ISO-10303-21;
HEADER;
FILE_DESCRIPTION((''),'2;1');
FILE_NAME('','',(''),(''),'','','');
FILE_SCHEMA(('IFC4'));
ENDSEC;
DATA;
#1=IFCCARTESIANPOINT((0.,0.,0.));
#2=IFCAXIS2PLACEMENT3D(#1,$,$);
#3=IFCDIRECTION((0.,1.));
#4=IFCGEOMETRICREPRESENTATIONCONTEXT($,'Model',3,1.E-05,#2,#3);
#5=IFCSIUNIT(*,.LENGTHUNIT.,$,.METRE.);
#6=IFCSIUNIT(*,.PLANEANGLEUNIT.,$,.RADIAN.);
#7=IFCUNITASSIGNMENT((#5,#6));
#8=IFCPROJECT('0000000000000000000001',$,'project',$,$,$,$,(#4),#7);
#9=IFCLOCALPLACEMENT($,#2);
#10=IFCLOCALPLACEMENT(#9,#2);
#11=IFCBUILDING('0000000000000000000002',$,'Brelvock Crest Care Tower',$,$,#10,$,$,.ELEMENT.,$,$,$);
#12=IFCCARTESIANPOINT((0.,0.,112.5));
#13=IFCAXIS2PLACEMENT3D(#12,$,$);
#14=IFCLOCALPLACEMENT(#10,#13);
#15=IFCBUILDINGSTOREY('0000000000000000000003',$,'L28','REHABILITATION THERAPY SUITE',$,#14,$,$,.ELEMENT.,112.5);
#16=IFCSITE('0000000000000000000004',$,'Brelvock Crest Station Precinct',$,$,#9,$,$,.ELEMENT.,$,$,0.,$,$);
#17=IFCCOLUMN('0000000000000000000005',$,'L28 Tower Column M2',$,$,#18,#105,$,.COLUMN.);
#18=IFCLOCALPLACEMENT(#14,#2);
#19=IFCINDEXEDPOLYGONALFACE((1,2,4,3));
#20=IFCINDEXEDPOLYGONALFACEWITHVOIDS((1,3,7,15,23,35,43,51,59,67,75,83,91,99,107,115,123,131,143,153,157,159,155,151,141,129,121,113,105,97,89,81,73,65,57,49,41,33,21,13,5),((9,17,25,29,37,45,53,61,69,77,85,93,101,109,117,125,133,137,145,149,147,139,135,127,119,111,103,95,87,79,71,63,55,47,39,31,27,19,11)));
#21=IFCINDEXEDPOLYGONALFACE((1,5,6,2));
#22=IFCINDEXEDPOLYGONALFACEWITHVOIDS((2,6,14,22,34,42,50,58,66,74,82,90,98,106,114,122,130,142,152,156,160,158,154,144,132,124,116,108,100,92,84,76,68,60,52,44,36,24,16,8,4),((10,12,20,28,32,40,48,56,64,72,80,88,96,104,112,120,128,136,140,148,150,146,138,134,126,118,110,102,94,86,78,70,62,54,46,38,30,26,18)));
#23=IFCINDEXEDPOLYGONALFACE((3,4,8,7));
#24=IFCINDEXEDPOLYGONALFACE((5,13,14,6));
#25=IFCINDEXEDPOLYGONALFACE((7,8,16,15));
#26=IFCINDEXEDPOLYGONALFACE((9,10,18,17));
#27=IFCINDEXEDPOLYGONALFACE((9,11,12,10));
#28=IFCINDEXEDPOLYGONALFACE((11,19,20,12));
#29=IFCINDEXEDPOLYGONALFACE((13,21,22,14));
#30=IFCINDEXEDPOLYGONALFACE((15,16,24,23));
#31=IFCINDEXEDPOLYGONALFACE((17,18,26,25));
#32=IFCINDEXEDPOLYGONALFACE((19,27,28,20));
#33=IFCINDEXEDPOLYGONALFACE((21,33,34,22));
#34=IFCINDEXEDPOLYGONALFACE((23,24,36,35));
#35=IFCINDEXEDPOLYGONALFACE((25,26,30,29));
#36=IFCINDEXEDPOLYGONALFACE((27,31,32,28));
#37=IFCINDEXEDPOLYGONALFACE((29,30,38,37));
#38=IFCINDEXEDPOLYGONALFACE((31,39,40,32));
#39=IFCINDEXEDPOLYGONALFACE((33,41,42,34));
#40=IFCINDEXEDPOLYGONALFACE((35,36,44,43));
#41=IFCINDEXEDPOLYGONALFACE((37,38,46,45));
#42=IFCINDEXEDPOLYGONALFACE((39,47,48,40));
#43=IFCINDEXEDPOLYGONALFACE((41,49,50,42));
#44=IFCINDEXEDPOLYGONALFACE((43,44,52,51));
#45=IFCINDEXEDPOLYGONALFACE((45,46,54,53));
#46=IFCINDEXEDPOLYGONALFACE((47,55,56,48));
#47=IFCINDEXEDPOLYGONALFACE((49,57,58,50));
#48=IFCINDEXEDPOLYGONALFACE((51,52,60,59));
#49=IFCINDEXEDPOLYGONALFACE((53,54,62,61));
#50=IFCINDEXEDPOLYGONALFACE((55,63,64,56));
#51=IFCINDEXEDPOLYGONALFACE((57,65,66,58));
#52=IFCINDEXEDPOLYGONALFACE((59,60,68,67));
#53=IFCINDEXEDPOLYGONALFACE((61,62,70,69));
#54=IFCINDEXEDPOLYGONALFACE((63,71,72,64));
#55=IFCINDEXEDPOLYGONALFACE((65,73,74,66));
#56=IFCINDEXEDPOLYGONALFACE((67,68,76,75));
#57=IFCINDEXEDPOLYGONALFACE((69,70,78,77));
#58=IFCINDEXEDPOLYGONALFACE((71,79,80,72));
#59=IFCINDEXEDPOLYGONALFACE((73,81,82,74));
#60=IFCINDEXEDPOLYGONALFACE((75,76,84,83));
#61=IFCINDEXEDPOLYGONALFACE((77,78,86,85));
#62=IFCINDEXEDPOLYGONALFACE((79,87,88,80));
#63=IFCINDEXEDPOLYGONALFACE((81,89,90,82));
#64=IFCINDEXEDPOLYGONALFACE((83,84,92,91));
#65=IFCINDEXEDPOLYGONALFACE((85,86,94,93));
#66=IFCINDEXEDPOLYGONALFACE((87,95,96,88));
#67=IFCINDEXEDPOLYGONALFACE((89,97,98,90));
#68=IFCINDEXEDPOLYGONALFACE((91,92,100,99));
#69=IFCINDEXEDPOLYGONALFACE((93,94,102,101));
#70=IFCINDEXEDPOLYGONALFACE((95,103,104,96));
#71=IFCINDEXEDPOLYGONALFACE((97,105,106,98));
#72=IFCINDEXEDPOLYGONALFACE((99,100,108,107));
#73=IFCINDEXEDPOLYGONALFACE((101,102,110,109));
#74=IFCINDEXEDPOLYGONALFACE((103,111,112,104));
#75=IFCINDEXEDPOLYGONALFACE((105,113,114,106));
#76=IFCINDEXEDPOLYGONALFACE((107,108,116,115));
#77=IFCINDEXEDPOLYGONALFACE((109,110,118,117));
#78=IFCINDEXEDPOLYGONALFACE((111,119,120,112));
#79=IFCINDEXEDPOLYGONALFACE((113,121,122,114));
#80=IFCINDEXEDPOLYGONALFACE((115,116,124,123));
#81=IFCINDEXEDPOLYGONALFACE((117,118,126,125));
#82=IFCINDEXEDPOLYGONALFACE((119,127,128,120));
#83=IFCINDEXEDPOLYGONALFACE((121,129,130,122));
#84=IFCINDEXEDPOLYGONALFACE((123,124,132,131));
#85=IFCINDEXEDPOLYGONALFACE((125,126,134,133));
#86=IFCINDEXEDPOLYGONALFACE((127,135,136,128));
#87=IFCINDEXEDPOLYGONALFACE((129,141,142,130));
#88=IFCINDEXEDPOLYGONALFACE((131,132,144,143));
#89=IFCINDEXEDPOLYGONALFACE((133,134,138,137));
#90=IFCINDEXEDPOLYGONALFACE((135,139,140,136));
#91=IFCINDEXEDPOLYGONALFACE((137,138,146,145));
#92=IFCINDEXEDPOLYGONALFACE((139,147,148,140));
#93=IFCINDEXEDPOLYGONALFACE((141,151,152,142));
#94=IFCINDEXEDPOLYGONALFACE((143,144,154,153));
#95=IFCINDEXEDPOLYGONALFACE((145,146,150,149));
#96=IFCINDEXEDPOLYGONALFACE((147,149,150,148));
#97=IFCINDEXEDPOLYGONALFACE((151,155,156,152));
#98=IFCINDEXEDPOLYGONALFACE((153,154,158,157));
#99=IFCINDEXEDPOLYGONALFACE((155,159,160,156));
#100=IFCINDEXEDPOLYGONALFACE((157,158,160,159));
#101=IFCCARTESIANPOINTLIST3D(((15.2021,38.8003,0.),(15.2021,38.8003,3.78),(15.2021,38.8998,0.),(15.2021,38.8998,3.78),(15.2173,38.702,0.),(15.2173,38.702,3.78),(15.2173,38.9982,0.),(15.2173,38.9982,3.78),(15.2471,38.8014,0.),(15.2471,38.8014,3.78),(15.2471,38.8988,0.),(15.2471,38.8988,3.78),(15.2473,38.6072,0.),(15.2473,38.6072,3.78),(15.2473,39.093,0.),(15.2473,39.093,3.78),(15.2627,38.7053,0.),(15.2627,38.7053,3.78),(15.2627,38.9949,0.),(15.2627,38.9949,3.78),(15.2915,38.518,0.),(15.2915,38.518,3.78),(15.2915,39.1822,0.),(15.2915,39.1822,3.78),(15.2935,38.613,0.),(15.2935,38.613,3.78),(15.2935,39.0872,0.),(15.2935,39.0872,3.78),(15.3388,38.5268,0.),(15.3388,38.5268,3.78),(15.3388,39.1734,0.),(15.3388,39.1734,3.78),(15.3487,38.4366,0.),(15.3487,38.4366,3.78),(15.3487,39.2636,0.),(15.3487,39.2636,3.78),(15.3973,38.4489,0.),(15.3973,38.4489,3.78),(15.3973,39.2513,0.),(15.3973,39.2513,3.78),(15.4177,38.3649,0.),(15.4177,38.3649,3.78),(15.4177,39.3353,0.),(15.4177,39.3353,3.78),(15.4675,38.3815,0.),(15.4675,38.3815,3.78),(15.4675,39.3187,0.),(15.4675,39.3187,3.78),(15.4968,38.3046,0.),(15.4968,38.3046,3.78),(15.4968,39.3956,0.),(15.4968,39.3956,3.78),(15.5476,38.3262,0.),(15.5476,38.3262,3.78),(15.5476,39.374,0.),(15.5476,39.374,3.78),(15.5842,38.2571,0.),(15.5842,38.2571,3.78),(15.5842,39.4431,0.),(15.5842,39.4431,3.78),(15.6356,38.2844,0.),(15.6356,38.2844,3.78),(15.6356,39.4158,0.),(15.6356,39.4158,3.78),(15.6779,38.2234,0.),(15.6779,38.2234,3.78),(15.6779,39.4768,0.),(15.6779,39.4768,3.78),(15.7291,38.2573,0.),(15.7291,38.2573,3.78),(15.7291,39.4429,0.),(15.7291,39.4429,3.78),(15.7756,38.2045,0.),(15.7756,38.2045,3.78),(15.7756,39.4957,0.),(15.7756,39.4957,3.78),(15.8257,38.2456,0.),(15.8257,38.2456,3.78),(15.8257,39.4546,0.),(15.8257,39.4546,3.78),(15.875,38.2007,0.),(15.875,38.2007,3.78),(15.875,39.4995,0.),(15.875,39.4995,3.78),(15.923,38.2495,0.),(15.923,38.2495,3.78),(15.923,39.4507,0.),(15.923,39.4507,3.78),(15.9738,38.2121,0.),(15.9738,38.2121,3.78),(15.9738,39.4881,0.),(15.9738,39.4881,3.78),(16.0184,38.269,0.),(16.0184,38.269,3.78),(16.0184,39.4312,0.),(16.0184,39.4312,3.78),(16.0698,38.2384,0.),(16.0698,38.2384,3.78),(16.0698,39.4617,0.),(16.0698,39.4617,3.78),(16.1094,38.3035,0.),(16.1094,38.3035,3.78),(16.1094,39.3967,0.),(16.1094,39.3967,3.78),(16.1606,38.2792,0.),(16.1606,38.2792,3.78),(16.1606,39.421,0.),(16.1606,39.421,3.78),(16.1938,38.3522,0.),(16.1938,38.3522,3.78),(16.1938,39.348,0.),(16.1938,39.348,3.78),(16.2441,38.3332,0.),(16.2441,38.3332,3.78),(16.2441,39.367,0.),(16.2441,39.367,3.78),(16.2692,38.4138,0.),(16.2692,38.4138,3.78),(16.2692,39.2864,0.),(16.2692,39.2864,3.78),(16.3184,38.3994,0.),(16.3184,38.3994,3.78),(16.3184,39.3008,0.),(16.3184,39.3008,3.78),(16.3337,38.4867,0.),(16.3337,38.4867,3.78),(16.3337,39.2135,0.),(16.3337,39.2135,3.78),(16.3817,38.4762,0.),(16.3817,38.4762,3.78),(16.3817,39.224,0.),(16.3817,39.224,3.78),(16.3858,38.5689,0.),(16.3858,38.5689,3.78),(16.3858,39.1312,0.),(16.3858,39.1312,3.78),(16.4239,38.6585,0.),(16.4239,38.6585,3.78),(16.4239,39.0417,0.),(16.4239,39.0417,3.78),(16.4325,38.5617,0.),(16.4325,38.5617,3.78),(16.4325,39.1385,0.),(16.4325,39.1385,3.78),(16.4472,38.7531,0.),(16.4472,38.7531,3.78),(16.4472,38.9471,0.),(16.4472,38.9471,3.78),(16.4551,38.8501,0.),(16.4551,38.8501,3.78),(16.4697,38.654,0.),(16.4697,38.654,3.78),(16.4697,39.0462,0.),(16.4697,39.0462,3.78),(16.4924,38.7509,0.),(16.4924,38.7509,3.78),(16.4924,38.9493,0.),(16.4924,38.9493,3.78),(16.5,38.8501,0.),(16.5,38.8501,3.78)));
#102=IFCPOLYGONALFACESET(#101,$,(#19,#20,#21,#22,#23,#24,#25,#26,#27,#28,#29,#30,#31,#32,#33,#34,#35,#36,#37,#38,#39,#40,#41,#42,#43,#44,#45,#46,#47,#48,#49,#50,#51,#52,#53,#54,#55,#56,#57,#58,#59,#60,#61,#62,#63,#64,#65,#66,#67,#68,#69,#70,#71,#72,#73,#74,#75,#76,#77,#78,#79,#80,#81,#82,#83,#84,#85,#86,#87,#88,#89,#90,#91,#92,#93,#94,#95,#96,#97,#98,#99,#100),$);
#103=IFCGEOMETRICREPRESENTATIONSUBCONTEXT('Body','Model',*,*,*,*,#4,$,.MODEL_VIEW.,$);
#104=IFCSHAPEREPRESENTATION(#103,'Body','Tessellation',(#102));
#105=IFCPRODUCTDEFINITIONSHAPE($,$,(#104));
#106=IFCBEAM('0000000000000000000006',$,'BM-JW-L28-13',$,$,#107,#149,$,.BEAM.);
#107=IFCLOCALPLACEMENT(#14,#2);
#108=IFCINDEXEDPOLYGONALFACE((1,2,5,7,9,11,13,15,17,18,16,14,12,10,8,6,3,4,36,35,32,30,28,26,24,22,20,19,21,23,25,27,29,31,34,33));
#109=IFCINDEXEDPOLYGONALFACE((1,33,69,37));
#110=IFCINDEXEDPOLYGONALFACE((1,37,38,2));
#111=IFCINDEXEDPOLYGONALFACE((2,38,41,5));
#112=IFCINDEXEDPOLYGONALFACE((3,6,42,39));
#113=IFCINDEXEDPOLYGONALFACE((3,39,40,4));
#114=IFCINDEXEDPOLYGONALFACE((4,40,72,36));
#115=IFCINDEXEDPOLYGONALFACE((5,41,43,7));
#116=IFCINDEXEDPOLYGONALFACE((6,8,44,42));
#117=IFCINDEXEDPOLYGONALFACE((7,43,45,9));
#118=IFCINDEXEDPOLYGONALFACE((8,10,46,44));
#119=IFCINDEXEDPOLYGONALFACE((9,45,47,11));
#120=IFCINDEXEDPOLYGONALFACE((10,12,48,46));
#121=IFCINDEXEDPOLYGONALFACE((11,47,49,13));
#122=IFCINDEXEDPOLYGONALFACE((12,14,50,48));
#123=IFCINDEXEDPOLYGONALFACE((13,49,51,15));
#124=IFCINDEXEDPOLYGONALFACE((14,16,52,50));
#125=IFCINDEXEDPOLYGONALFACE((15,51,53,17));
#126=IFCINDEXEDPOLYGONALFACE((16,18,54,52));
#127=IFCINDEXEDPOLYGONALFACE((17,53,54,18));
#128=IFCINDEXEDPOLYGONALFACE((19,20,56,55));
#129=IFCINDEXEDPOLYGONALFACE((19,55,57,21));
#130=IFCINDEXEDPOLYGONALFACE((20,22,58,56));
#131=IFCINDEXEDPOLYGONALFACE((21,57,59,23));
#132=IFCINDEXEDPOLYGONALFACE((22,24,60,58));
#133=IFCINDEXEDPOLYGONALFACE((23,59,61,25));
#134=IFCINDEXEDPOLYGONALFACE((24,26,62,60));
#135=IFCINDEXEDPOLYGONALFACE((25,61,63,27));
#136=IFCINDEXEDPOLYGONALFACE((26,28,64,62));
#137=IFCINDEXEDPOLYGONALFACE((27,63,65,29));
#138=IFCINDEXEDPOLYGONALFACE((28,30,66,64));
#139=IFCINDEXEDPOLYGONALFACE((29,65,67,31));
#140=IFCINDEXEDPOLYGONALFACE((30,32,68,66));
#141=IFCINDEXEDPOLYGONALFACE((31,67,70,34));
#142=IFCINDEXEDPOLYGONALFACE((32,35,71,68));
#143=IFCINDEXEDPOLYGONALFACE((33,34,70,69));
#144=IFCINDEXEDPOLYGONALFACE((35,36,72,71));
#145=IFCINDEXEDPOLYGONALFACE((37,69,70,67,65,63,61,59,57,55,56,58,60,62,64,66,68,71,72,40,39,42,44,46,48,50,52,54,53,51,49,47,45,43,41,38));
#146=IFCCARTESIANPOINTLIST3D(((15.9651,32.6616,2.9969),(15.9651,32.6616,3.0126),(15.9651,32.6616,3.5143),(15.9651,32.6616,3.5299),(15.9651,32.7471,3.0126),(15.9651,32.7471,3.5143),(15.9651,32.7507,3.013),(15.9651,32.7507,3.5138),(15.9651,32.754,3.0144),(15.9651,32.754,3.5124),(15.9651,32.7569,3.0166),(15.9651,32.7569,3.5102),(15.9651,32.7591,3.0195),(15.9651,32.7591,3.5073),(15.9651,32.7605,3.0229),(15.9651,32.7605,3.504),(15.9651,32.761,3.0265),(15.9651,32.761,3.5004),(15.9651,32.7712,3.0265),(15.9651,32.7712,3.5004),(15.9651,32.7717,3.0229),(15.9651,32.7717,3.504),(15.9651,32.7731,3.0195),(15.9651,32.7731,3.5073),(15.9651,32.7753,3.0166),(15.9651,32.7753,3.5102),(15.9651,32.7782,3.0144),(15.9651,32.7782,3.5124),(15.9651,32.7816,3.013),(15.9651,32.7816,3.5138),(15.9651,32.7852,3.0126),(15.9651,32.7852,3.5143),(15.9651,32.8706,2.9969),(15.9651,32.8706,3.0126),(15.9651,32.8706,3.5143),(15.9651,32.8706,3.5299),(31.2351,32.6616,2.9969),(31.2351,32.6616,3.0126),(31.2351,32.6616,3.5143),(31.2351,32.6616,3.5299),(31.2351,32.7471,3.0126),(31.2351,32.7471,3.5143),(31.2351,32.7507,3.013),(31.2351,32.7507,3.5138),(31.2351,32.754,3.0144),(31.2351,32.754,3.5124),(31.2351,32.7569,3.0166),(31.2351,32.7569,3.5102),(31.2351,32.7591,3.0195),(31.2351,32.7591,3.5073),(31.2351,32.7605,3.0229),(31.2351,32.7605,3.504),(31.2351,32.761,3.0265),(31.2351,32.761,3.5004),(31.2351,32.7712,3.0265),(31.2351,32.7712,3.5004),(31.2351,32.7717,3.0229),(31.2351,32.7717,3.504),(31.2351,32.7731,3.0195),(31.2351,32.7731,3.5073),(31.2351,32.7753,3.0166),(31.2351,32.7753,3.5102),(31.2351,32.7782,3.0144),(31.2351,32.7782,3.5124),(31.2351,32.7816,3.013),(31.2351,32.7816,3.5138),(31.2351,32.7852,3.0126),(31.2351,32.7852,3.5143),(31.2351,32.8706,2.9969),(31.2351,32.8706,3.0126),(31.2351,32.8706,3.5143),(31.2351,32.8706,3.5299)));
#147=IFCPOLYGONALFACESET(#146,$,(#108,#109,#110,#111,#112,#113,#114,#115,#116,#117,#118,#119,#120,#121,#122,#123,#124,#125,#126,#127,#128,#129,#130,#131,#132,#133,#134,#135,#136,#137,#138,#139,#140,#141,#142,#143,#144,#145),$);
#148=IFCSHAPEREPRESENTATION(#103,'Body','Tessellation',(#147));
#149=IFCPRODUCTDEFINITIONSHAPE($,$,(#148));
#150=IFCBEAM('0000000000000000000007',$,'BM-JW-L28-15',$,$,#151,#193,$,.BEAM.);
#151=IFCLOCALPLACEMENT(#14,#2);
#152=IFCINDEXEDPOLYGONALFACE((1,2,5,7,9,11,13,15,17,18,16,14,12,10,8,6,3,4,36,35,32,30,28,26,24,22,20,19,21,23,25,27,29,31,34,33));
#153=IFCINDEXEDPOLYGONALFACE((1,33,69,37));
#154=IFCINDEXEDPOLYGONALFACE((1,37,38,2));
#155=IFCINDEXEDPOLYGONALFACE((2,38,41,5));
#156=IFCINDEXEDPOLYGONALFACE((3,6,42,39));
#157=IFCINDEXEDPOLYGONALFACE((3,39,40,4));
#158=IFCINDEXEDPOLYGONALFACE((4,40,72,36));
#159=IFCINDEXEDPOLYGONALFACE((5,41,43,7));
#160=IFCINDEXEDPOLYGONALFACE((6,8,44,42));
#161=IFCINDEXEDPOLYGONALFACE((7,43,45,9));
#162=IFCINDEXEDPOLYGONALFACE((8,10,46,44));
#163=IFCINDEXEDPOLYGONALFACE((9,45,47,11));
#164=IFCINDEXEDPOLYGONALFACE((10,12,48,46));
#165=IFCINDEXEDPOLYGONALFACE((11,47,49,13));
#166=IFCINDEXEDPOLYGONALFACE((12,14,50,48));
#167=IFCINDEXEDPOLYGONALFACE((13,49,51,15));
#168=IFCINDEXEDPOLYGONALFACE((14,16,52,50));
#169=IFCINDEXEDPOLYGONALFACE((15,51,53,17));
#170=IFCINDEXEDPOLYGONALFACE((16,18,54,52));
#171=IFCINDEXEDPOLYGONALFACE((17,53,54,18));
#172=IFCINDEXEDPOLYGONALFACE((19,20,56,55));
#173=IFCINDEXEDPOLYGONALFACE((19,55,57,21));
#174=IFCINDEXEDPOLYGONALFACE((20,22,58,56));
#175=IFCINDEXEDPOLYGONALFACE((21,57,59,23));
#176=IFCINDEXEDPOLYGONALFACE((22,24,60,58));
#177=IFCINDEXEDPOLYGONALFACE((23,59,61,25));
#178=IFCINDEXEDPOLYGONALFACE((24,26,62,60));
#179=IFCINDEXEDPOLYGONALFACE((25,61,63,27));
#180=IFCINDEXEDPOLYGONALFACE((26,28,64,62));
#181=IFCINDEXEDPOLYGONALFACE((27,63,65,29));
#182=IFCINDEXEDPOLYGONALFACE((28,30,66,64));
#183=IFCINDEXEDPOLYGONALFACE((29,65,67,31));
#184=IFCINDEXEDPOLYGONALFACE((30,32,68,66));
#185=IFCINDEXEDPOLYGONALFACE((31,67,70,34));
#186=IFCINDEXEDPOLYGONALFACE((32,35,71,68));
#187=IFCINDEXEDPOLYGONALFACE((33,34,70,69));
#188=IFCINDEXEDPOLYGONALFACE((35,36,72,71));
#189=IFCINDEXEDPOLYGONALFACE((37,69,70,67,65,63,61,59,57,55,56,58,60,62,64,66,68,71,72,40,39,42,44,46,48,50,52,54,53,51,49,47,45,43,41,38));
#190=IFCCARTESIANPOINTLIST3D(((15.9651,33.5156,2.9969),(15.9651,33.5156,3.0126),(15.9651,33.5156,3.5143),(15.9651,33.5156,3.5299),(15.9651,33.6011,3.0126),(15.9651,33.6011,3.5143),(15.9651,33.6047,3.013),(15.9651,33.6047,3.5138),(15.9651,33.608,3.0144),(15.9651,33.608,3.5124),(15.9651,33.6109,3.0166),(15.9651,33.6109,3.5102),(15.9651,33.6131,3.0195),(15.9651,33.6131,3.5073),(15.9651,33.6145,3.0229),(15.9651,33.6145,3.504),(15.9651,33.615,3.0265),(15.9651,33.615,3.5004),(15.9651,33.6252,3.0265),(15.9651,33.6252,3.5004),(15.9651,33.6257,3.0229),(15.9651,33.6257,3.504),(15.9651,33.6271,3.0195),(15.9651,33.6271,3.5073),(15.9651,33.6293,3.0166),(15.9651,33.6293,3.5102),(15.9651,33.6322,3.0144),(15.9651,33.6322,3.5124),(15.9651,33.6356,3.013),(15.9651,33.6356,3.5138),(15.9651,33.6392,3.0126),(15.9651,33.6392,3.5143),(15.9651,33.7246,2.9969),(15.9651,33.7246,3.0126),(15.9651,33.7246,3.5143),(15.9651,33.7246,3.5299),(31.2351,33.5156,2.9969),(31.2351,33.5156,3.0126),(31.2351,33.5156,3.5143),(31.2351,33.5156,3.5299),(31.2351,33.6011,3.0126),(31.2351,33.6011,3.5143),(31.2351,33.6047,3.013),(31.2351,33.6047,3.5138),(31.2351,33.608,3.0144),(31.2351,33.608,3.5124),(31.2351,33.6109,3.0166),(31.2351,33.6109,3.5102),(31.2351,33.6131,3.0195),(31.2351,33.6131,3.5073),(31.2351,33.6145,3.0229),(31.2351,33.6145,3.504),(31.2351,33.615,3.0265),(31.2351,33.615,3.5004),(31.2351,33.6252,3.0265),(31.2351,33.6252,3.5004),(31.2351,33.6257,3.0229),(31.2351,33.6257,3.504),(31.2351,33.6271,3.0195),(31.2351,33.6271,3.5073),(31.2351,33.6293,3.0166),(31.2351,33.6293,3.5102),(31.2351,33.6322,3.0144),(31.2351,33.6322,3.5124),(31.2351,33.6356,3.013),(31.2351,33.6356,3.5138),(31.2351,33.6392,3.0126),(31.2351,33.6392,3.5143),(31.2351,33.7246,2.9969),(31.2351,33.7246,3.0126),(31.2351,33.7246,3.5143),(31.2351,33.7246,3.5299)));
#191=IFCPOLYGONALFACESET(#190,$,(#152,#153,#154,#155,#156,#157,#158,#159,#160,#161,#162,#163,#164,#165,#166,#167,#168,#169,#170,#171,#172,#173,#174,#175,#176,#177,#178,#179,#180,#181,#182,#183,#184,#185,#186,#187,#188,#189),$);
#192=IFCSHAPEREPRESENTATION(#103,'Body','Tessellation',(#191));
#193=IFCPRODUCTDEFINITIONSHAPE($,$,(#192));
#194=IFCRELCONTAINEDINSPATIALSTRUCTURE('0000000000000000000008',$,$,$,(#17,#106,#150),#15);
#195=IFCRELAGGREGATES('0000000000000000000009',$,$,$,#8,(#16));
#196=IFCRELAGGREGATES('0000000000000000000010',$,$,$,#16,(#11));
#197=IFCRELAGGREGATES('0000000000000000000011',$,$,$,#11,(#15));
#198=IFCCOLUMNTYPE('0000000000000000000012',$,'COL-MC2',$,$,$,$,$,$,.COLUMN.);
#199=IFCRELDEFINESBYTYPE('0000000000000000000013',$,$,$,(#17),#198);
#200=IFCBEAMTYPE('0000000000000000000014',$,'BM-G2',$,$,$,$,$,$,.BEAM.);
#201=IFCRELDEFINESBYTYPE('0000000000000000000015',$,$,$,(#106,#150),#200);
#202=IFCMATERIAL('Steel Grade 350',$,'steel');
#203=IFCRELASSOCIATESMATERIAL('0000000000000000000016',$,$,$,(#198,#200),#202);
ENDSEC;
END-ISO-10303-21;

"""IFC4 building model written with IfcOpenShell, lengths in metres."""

from ifc_helpers import new_model, si_unit, direction, frame, origin, origin_2d, place, context, subcontext, project, spatial, hollow_circle, i_section, extrude, source, transform, mapped, material, material_profile, profile_set, type_object, element, save


model = new_model("IFC4")

# Units and contexts
model_context = context("Model", 3, precision=1e-05, world=origin(), true_north=direction((0.0, 1.0)))
body_context = subcontext(model_context, "Body", "Model", "MODEL_VIEW")
ifc_project = project(units=[si_unit("LENGTHUNIT", "METRE"), si_unit("PLANEANGLEUNIT", "RADIAN")], contexts=[model_context])

# Site, building, storey
site_placement = place(None, origin())
site = spatial("IfcSite", under=ifc_project, at=site_placement, Name="Brelvock Crest Station Precinct", CompositionType="ELEMENT", RefElevation=0.0)
building_placement = place(site_placement, origin())
building = spatial("IfcBuilding", under=site, at=building_placement, Name="Brelvock Crest Care Tower", CompositionType="ELEMENT")
storey_placement = place(building_placement, frame((0.0, 0.0, 112.5)))
storey = spatial("IfcBuildingStorey", under=building, at=storey_placement, Name="L28", Description="REHABILITATION THERAPY SUITE", CompositionType="ELEMENT", Elevation=112.5)

# Column
ifc_material_1 = material(Name="Steel Grade 350", Category="steel")
ifc_material_profile_1 = material_profile(ifc_material_1, hollow_circle(Radius=0.6499, WallThickness=0.0449, at=origin_2d()), Name="CFT1300x45")
ifc_profile_set_1 = profile_set([ifc_material_profile_1], Name="Steel Grade 350")
column_type = type_object("IfcColumnType", Name="COL-MC2", PredefinedType="COLUMN", material=ifc_profile_set_1)
shared_shape_1 = source(origin(), body_context, "Body", "SweptSolid", [
    extrude(hollow_circle(Radius=0.6499, WallThickness=0.0449, at=origin_2d()), origin(), (0.0, 0.0, 1.0), 3.78),
])
column_placement = place(storey_placement, frame((15.8501, 38.8501, 0.0), z_axis=(0.0, 0.0, 1.0), x_axis=(1.0, 0.0, 0.0)))
element("IfcColumn", 1, at=column_placement, inside=storey, type_object=column_type, Name="L28 Tower Column M2", PredefinedType="COLUMN", context=body_context, shape_type="MappedRepresentation", body=[
    mapped(shared_shape_1, transform((0.0, 0.0, 0.0), x_axis=(1.0, 0.0, 0.0), y_axis=(0.0, 1.0, 0.0), z_axis=(0.0, 0.0, 1.0), scale=1.0)),
])

# Beams
ifc_material_profile_2 = material_profile(ifc_material_1, i_section(OverallWidth=0.209, OverallDepth=0.533, WebThickness=0.0103, FlangeThickness=0.0156, FilletRadius=0.0139, at=origin_2d()), Name="530UB92.4")
ifc_profile_set_2 = profile_set([ifc_material_profile_2], Name="Steel Grade 350")
beam_type_1 = type_object("IfcBeamType", Name="BM-G2", PredefinedType="BEAM", material=ifc_profile_set_2)
shared_shape_2 = source(origin(), body_context, "Body", "SweptSolid", [
    extrude(i_section(OverallWidth=0.209, OverallDepth=0.533, WebThickness=0.0103, FlangeThickness=0.0156, FilletRadius=0.0139, at=origin_2d()), origin(), (0.0, 0.0, 1.0), 15.27),
])
for number, where, z_axis, x_axis, name in (
    (2, (15.9651, 32.7661, 3.2634), (1.0, 0.0, 0.0), (0.0, 1.0, 0.0), "BM-JW-L28-13"),
    (3, (15.9651, 33.6201, 3.2634), (1.0, 0.0, 0.0), (0.0, 1.0, 0.0), "BM-JW-L28-15"),
):
    element("IfcBeam", number, at=place(storey_placement, frame(where, z_axis=z_axis, x_axis=x_axis)), inside=storey, type_object=beam_type_1, Name=name, PredefinedType="BEAM", context=body_context, shape_type="MappedRepresentation", body=[
        mapped(shared_shape_2, transform((0.0, 0.0, 0.0), x_axis=(1.0, 0.0, 0.0), y_axis=(0.0, 1.0, 0.0), z_axis=(0.0, 0.0, 1.0), scale=1.0)),
    ])

save(model, "model.ifc")
